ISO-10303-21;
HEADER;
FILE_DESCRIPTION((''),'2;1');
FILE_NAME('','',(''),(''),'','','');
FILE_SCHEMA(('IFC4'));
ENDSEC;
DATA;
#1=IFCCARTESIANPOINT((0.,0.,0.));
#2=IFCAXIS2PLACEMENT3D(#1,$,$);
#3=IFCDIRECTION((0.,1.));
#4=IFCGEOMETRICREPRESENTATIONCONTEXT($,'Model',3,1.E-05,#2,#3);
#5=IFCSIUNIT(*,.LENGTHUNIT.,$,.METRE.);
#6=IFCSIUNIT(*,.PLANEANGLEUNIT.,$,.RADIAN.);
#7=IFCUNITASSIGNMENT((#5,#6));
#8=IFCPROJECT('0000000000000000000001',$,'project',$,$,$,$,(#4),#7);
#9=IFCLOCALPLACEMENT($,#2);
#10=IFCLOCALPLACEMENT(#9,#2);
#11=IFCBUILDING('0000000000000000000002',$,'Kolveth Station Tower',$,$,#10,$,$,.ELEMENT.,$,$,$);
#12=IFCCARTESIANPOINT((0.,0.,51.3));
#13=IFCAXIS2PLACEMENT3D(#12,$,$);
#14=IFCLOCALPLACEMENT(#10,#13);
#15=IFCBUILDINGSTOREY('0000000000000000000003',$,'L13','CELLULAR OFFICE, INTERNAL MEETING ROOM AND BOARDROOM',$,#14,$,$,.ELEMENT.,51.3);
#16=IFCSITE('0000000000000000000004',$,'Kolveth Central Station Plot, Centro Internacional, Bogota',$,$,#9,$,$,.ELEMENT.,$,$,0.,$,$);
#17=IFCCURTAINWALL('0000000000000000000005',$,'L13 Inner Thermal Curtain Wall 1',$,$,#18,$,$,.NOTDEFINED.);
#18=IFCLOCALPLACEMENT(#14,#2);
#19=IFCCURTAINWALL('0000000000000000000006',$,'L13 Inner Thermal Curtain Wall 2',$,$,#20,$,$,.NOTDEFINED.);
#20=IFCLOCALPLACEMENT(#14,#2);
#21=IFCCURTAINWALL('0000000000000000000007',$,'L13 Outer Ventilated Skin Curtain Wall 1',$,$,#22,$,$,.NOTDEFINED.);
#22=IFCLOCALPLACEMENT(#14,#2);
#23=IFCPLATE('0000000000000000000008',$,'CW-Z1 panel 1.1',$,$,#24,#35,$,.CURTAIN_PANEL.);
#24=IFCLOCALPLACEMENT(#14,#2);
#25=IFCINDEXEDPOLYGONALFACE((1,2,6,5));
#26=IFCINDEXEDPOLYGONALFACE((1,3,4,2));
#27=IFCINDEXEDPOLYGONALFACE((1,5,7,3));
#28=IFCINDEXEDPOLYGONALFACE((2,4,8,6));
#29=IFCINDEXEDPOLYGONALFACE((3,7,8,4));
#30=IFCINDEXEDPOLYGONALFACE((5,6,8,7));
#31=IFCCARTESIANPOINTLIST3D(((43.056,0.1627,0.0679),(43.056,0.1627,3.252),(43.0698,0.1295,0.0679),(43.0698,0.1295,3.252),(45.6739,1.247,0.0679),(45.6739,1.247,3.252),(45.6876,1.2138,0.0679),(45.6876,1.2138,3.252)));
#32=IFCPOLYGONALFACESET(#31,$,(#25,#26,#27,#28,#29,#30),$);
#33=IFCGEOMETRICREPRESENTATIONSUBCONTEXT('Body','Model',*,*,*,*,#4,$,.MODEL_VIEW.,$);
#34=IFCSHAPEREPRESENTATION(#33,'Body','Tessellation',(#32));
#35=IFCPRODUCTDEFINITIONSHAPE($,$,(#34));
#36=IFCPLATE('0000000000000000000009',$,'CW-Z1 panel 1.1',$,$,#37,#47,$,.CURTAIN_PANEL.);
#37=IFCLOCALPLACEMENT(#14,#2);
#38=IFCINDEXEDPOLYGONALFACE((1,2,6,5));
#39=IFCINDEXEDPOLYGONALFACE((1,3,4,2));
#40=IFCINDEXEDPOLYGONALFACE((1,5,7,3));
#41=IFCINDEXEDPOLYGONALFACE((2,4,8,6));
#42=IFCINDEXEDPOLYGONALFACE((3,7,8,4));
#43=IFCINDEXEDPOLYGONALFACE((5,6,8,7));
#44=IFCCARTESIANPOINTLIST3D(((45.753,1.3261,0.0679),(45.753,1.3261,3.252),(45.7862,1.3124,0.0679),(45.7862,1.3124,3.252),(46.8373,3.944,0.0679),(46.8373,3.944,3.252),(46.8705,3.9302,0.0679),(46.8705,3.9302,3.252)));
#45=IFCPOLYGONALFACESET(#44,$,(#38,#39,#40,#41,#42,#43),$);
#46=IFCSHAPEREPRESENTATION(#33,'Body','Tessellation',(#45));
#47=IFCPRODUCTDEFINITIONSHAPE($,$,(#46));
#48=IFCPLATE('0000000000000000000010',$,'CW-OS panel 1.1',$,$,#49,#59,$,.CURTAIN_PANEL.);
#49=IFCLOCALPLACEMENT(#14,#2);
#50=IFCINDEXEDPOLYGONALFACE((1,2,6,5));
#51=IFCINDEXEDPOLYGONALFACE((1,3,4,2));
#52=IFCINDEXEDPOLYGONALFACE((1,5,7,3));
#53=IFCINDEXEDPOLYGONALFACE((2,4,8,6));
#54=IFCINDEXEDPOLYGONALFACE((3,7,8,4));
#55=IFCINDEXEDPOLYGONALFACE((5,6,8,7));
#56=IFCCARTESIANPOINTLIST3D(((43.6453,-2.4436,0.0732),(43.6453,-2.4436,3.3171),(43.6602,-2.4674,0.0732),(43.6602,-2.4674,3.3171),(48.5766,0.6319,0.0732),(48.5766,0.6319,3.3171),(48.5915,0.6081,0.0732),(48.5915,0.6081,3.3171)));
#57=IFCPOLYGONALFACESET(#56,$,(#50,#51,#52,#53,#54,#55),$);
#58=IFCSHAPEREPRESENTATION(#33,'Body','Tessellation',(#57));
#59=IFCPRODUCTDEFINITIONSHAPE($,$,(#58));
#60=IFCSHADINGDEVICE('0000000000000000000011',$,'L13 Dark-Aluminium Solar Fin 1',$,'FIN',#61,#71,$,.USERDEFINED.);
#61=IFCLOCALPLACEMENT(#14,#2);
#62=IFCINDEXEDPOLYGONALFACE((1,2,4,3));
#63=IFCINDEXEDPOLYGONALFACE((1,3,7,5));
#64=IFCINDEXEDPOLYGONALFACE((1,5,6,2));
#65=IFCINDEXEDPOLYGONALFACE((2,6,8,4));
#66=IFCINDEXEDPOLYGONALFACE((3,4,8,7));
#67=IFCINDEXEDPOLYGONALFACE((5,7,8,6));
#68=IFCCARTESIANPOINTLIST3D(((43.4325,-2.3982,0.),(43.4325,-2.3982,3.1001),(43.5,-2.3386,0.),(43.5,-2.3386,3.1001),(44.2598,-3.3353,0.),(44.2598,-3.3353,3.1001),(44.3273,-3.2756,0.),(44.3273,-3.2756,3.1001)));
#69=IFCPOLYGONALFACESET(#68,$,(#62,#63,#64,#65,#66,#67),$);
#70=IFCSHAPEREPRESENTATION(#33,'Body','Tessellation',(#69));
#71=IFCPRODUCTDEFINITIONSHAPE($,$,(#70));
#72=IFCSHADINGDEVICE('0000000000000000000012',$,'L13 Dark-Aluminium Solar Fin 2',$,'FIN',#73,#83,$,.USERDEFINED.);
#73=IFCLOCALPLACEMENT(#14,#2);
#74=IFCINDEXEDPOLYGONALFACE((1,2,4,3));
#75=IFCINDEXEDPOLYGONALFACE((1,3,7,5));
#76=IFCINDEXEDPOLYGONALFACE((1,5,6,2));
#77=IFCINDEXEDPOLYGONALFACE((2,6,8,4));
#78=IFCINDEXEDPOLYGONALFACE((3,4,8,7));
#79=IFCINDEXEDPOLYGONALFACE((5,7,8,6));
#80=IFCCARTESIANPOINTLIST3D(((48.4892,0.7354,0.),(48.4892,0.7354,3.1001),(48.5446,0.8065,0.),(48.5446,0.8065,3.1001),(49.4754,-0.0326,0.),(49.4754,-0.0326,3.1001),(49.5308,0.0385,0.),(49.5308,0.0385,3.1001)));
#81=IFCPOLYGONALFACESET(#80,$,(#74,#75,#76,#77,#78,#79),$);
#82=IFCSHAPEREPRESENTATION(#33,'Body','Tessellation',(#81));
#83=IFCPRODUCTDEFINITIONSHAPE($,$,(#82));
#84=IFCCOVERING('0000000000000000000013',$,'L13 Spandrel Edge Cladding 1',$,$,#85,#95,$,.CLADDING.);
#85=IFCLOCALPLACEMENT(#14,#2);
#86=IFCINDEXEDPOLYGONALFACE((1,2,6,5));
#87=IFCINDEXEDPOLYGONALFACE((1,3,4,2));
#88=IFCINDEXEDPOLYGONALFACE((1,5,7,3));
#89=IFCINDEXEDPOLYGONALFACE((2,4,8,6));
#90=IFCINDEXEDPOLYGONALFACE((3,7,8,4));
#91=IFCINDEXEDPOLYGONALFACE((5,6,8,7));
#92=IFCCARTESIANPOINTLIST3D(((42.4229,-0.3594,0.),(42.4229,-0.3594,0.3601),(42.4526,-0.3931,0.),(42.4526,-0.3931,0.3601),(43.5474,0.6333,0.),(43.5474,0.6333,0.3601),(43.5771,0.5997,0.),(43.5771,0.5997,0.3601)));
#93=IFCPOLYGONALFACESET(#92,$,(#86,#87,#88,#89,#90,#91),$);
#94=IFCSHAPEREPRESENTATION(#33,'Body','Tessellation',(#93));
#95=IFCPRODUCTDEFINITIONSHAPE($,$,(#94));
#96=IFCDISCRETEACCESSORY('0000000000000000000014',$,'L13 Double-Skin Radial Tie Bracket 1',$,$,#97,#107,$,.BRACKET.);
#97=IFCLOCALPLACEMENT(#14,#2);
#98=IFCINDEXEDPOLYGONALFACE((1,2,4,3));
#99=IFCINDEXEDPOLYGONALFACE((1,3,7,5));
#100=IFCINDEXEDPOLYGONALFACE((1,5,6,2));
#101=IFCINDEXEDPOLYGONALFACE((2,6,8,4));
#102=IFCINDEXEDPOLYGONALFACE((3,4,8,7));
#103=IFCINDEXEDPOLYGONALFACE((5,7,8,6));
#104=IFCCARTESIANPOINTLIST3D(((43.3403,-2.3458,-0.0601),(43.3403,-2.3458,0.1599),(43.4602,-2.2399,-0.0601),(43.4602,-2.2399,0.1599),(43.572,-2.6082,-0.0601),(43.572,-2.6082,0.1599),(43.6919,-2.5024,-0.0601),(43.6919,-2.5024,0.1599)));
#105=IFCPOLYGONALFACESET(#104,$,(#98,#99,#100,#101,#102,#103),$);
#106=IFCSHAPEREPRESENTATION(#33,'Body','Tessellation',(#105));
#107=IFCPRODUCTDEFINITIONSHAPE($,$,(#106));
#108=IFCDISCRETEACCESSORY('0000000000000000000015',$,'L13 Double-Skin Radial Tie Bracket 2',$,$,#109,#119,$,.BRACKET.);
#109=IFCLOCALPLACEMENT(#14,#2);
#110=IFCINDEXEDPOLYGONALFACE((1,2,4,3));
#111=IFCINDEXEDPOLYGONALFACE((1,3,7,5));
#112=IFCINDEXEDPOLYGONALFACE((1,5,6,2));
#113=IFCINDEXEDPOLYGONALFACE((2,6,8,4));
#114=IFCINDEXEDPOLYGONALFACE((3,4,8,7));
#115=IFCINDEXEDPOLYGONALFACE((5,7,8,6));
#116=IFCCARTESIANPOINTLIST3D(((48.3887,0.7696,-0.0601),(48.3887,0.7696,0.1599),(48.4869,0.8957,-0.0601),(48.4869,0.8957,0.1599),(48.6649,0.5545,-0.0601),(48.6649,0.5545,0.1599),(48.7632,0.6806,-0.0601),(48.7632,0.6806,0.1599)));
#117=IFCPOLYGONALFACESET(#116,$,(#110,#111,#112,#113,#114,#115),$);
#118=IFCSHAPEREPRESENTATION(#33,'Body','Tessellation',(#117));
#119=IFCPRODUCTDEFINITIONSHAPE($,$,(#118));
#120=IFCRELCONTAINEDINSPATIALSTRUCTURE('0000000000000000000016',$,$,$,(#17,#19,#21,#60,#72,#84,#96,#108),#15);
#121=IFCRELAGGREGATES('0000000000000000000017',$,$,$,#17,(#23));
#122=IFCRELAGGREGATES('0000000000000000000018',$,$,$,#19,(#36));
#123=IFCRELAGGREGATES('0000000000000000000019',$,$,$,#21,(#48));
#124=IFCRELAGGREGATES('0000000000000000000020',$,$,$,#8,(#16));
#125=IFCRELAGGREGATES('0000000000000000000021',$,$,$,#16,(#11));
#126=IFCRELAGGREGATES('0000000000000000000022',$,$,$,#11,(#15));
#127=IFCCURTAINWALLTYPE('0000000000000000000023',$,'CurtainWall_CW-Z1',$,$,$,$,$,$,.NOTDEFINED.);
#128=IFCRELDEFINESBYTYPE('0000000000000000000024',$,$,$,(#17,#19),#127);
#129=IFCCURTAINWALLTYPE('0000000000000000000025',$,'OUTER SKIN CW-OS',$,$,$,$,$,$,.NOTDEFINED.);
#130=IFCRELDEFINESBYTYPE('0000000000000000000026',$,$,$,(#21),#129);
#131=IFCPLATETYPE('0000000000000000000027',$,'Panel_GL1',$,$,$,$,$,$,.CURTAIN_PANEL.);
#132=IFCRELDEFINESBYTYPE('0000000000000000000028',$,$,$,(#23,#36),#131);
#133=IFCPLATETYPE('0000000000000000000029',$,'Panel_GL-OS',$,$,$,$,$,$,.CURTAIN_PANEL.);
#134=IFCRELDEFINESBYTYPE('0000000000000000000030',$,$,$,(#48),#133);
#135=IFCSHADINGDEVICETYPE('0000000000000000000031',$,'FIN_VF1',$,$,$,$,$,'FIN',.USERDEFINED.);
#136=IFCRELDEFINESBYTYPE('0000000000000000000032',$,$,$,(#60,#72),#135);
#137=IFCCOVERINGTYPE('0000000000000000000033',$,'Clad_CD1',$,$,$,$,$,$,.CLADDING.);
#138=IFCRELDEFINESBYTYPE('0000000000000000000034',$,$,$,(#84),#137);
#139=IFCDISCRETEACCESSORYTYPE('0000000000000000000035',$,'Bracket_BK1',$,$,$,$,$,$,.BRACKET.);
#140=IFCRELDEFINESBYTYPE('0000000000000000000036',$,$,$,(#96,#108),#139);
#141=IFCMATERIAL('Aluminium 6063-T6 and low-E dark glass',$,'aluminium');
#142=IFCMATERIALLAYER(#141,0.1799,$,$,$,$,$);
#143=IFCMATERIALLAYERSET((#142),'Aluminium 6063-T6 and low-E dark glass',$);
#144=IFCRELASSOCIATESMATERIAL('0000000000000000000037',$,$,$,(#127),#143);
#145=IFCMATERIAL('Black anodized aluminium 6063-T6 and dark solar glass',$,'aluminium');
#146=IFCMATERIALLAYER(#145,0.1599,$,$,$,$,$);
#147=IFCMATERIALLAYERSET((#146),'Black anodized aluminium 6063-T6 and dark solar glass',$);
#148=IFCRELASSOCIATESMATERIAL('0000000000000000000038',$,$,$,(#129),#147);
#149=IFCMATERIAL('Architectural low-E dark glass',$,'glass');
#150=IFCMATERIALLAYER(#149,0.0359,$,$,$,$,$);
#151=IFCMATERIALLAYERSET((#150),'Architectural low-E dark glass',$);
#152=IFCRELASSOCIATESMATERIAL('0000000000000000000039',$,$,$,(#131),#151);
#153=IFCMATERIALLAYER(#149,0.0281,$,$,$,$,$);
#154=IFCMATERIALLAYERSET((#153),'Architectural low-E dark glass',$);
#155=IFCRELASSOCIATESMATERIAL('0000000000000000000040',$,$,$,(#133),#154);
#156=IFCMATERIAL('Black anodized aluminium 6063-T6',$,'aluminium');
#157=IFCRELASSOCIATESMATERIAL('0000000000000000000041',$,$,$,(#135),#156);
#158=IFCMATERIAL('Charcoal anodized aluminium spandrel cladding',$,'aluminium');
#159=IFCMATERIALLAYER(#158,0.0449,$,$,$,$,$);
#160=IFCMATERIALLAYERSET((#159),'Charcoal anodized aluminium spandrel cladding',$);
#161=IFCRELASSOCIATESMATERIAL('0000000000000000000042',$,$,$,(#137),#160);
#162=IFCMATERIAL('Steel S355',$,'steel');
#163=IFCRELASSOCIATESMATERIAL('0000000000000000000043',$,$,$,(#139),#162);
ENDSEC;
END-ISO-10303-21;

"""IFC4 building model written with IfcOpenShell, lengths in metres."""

from ifc_helpers import new_model, si_unit, direction, frame, origin, origin_2d, place, context, subcontext, project, spatial, rectangle, extrude, source, transform, mapped, material, layer, layer_set, type_object, element, aggregate, save


model = new_model("IFC4")

# Units and contexts
model_context = context("Model", 3, precision=1e-05, world=origin(), true_north=direction((0.0, 1.0)))
body_context = subcontext(model_context, "Body", "Model", "MODEL_VIEW")
ifc_project = project(units=[si_unit("LENGTHUNIT", "METRE"), si_unit("PLANEANGLEUNIT", "RADIAN")], contexts=[model_context])

# Site, building, storey
site_placement = place(None, origin())
site = spatial("IfcSite", under=ifc_project, at=site_placement, Name="Kolveth Central Station Plot, Centro Internacional, Bogota", CompositionType="ELEMENT", RefElevation=0.0)
building_placement = place(site_placement, origin())
building = spatial("IfcBuilding", under=site, at=building_placement, Name="Kolveth Station Tower", CompositionType="ELEMENT")
storey_placement = place(building_placement, frame((0.0, 0.0, 51.3)))
storey = spatial("IfcBuildingStorey", under=building, at=storey_placement, Name="L13", Description="CELLULAR OFFICE, INTERNAL MEETING ROOM AND BOARDROOM", CompositionType="ELEMENT", Elevation=51.3)

# Shared definitions
ifc_material_1 = material(Name="Steel S355", Category="steel")

# Curtain walls
ifc_material_2 = material(Name="Aluminium 6063-T6 and low-E dark glass", Category="aluminium")
ifc_layer_1 = layer(ifc_material_2, 0.1799)
ifc_layer_set_1 = layer_set([ifc_layer_1], Name="Aluminium 6063-T6 and low-E dark glass")
curtain_wall_type_1 = type_object("IfcCurtainWallType", Name="CurtainWall_CW-Z1", PredefinedType="NOTDEFINED", material=ifc_layer_set_1)
curtain_wall_1_placement = place(storey_placement, origin())
curtain_wall_1 = element("IfcCurtainWall", 1, at=curtain_wall_1_placement, inside=storey, type_object=curtain_wall_type_1, Name="L13 Inner Thermal Curtain Wall 1", PredefinedType="NOTDEFINED")
ifc_material_3 = material(Name="Black anodized aluminium 6063-T6", Category="aluminium")
curtain_wall_2_placement = place(storey_placement, origin())
curtain_wall_2 = element("IfcCurtainWall", 2, at=curtain_wall_2_placement, inside=storey, type_object=curtain_wall_type_1, Name="L13 Inner Thermal Curtain Wall 2", PredefinedType="NOTDEFINED")

# Curtain wall
ifc_material_4 = material(Name="Black anodized aluminium 6063-T6 and dark solar glass", Category="aluminium")
ifc_layer_2 = layer(ifc_material_4, 0.1599)
ifc_layer_set_2 = layer_set([ifc_layer_2], Name="Black anodized aluminium 6063-T6 and dark solar glass")
curtain_wall_type_2 = type_object("IfcCurtainWallType", Name="OUTER SKIN CW-OS", PredefinedType="NOTDEFINED", material=ifc_layer_set_2)
curtain_wall_3_placement = place(storey_placement, origin())
curtain_wall_3 = element("IfcCurtainWall", 3, at=curtain_wall_3_placement, inside=storey, type_object=curtain_wall_type_2, Name="L13 Outer Ventilated Skin Curtain Wall 1", PredefinedType="NOTDEFINED")

# Plates
ifc_material_5 = material(Name="Architectural low-E dark glass", Category="glass")
ifc_layer_3 = layer(ifc_material_5, 0.0359)
ifc_layer_set_3 = layer_set([ifc_layer_3], Name="Architectural low-E dark glass")
plate_type_1 = type_object("IfcPlateType", Name="Panel_GL1", PredefinedType="CURTAIN_PANEL", material=ifc_layer_set_3)
shared_shape_1 = source(origin(), body_context, "Body", "SweptSolid", [
    extrude(rectangle(XDim=2.8335, YDim=0.0359, at=origin_2d()), origin(), (0.0, 0.0, 1.0), 3.1841),
])
plate_1_placement = place(storey_placement, frame((44.3718, 0.6882, 0.0679), z_axis=(0.0, 0.0, 1.0), x_axis=(0.923884, 0.382673, 0.0)))
plate_1 = element("IfcPlate", 4, at=plate_1_placement, type_object=plate_type_1, Name="CW-Z1 panel 1.1", PredefinedType="CURTAIN_PANEL", context=body_context, shape_type="MappedRepresentation", body=[
    mapped(shared_shape_1, transform((0.0, 0.0, 0.0), x_axis=(1.0, 0.0, 0.0), y_axis=(0.0, 1.0, 0.0), z_axis=(0.0, 0.0, 1.0), scale=1.0)),
])
aggregate(curtain_wall_1, [plate_1])
plate_2_placement = place(storey_placement, frame((46.3118, 2.6282, 0.0679), z_axis=(0.0, 0.0, 1.0), x_axis=(0.382673, 0.923884, 0.0)))
plate_2 = element("IfcPlate", 5, at=plate_2_placement, type_object=plate_type_1, Name="CW-Z1 panel 1.1", PredefinedType="CURTAIN_PANEL", context=body_context, shape_type="MappedRepresentation", body=[
    mapped(shared_shape_1, transform((0.0, 0.0, 0.0), x_axis=(1.0, 0.0, 0.0), y_axis=(0.0, 1.0, 0.0), z_axis=(0.0, 0.0, 1.0), scale=1.0)),
])
aggregate(curtain_wall_2, [plate_2])
ifc_layer_4 = layer(ifc_material_5, 0.0281)
ifc_layer_set_4 = layer_set([ifc_layer_4], Name="Architectural low-E dark glass")
plate_type_2 = type_object("IfcPlateType", Name="Panel_GL-OS", PredefinedType="CURTAIN_PANEL", material=ifc_layer_set_4)
shared_shape_2 = source(origin(), body_context, "Body", "SweptSolid", [
    extrude(rectangle(XDim=5.8118, YDim=0.0281, at=origin_2d()), origin(), (0.0, 0.0, 1.0), 3.2439),
])
plate_3_placement = place(storey_placement, frame((46.1184, -0.9177, 0.0732), z_axis=(0.0, 0.0, 1.0), x_axis=(0.848506, 0.529185, 0.0)))
plate_3 = element("IfcPlate", 6, at=plate_3_placement, type_object=plate_type_2, Name="CW-OS panel 1.1", PredefinedType="CURTAIN_PANEL", context=body_context, shape_type="MappedRepresentation", body=[
    mapped(shared_shape_2, transform((0.0, 0.0, 0.0), x_axis=(1.0, 0.0, 0.0), y_axis=(0.0, 1.0, 0.0), z_axis=(0.0, 0.0, 1.0), scale=1.0)),
])
aggregate(curtain_wall_3, [plate_3])

# Shading devices
shading_device_type = type_object("IfcShadingDeviceType", Name="FIN_VF1", ElementType="FIN", PredefinedType="USERDEFINED", material=ifc_material_3)
shared_shape_3 = source(origin(), body_context, "Body", "SweptSolid", [
    extrude(rectangle(XDim=1.25, YDim=0.0901, at=origin_2d()), origin(), (0.0, 0.0, 1.0), 3.1001),
])
for number, where, z_axis, x_axis, name in (
    (7, (43.8799, -2.8369, 0.0), (0.0, 0.0, 1.0), (0.661835, -0.749649, 0.0), "L13 Dark-Aluminium Solar Fin 1"),
    (8, (49.01, 0.387, 0.0), (0.0, 0.0, 1.0), (0.788977, -0.614423, 0.0), "L13 Dark-Aluminium Solar Fin 2"),
):
    element("IfcShadingDevice", number, at=place(storey_placement, frame(where, z_axis=z_axis, x_axis=x_axis)), inside=storey, type_object=shading_device_type, Name=name, ObjectType="FIN", PredefinedType="USERDEFINED", context=body_context, shape_type="MappedRepresentation", body=[
        mapped(shared_shape_3, transform((0.0, 0.0, 0.0), x_axis=(1.0, 0.0, 0.0), y_axis=(0.0, 1.0, 0.0), z_axis=(0.0, 0.0, 1.0), scale=1.0)),
    ])

# Covering
ifc_material_6 = material(Name="Charcoal anodized aluminium spandrel cladding", Category="aluminium")
ifc_layer_5 = layer(ifc_material_6, 0.0449)
ifc_layer_set_5 = layer_set([ifc_layer_5], Name="Charcoal anodized aluminium spandrel cladding")
covering_type = type_object("IfcCoveringType", Name="Clad_CD1", PredefinedType="CLADDING", material=ifc_layer_set_5)
shared_shape_4 = source(origin(), body_context, "Body", "SweptSolid", [
    extrude(rectangle(XDim=1.5, YDim=0.0449, at=origin_2d()), origin(), (0.0, 0.0, 1.0), 0.3601),
])
covering_placement = place(storey_placement, frame((43.0, 0.1201, 0.0), z_axis=(0.0, 0.0, 1.0), x_axis=(0.749649, 0.661835, 0.0)))
element("IfcCovering", 9, at=covering_placement, inside=storey, type_object=covering_type, Name="L13 Spandrel Edge Cladding 1", PredefinedType="CLADDING", context=body_context, shape_type="MappedRepresentation", body=[
    mapped(shared_shape_4, transform((0.0, 0.0, 0.0), x_axis=(1.0, 0.0, 0.0), y_axis=(0.0, 1.0, 0.0), z_axis=(0.0, 0.0, 1.0), scale=1.0)),
])

# Discrete accessories
discrete_accessory_type = type_object("IfcDiscreteAccessoryType", Name="Bracket_BK1", PredefinedType="BRACKET", material=ifc_material_1)
shared_shape_5 = source(origin(), body_context, "Body", "SweptSolid", [
    extrude(rectangle(XDim=0.3501, YDim=0.1599, at=origin_2d()), origin(), (0.0, 0.0, 1.0), 0.22),
])
for number, where, z_axis, x_axis, name in (
    (10, (43.5161, -2.4241, -0.0601), (0.0, 0.0, 1.0), (0.661835, -0.749649, 0.0), "L13 Double-Skin Radial Tie Bracket 1"),
    (11, (48.5759, 0.7251, -0.0601), (0.0, 0.0, 1.0), (0.788977, -0.614423, 0.0), "L13 Double-Skin Radial Tie Bracket 2"),
):
    element("IfcDiscreteAccessory", number, at=place(storey_placement, frame(where, z_axis=z_axis, x_axis=x_axis)), inside=storey, type_object=discrete_accessory_type, Name=name, PredefinedType="BRACKET", context=body_context, shape_type="MappedRepresentation", body=[
        mapped(shared_shape_5, transform((0.0, 0.0, 0.0), x_axis=(1.0, 0.0, 0.0), y_axis=(0.0, 1.0, 0.0), z_axis=(0.0, 0.0, 1.0), scale=1.0)),
    ])

save(model, "model.ifc")
